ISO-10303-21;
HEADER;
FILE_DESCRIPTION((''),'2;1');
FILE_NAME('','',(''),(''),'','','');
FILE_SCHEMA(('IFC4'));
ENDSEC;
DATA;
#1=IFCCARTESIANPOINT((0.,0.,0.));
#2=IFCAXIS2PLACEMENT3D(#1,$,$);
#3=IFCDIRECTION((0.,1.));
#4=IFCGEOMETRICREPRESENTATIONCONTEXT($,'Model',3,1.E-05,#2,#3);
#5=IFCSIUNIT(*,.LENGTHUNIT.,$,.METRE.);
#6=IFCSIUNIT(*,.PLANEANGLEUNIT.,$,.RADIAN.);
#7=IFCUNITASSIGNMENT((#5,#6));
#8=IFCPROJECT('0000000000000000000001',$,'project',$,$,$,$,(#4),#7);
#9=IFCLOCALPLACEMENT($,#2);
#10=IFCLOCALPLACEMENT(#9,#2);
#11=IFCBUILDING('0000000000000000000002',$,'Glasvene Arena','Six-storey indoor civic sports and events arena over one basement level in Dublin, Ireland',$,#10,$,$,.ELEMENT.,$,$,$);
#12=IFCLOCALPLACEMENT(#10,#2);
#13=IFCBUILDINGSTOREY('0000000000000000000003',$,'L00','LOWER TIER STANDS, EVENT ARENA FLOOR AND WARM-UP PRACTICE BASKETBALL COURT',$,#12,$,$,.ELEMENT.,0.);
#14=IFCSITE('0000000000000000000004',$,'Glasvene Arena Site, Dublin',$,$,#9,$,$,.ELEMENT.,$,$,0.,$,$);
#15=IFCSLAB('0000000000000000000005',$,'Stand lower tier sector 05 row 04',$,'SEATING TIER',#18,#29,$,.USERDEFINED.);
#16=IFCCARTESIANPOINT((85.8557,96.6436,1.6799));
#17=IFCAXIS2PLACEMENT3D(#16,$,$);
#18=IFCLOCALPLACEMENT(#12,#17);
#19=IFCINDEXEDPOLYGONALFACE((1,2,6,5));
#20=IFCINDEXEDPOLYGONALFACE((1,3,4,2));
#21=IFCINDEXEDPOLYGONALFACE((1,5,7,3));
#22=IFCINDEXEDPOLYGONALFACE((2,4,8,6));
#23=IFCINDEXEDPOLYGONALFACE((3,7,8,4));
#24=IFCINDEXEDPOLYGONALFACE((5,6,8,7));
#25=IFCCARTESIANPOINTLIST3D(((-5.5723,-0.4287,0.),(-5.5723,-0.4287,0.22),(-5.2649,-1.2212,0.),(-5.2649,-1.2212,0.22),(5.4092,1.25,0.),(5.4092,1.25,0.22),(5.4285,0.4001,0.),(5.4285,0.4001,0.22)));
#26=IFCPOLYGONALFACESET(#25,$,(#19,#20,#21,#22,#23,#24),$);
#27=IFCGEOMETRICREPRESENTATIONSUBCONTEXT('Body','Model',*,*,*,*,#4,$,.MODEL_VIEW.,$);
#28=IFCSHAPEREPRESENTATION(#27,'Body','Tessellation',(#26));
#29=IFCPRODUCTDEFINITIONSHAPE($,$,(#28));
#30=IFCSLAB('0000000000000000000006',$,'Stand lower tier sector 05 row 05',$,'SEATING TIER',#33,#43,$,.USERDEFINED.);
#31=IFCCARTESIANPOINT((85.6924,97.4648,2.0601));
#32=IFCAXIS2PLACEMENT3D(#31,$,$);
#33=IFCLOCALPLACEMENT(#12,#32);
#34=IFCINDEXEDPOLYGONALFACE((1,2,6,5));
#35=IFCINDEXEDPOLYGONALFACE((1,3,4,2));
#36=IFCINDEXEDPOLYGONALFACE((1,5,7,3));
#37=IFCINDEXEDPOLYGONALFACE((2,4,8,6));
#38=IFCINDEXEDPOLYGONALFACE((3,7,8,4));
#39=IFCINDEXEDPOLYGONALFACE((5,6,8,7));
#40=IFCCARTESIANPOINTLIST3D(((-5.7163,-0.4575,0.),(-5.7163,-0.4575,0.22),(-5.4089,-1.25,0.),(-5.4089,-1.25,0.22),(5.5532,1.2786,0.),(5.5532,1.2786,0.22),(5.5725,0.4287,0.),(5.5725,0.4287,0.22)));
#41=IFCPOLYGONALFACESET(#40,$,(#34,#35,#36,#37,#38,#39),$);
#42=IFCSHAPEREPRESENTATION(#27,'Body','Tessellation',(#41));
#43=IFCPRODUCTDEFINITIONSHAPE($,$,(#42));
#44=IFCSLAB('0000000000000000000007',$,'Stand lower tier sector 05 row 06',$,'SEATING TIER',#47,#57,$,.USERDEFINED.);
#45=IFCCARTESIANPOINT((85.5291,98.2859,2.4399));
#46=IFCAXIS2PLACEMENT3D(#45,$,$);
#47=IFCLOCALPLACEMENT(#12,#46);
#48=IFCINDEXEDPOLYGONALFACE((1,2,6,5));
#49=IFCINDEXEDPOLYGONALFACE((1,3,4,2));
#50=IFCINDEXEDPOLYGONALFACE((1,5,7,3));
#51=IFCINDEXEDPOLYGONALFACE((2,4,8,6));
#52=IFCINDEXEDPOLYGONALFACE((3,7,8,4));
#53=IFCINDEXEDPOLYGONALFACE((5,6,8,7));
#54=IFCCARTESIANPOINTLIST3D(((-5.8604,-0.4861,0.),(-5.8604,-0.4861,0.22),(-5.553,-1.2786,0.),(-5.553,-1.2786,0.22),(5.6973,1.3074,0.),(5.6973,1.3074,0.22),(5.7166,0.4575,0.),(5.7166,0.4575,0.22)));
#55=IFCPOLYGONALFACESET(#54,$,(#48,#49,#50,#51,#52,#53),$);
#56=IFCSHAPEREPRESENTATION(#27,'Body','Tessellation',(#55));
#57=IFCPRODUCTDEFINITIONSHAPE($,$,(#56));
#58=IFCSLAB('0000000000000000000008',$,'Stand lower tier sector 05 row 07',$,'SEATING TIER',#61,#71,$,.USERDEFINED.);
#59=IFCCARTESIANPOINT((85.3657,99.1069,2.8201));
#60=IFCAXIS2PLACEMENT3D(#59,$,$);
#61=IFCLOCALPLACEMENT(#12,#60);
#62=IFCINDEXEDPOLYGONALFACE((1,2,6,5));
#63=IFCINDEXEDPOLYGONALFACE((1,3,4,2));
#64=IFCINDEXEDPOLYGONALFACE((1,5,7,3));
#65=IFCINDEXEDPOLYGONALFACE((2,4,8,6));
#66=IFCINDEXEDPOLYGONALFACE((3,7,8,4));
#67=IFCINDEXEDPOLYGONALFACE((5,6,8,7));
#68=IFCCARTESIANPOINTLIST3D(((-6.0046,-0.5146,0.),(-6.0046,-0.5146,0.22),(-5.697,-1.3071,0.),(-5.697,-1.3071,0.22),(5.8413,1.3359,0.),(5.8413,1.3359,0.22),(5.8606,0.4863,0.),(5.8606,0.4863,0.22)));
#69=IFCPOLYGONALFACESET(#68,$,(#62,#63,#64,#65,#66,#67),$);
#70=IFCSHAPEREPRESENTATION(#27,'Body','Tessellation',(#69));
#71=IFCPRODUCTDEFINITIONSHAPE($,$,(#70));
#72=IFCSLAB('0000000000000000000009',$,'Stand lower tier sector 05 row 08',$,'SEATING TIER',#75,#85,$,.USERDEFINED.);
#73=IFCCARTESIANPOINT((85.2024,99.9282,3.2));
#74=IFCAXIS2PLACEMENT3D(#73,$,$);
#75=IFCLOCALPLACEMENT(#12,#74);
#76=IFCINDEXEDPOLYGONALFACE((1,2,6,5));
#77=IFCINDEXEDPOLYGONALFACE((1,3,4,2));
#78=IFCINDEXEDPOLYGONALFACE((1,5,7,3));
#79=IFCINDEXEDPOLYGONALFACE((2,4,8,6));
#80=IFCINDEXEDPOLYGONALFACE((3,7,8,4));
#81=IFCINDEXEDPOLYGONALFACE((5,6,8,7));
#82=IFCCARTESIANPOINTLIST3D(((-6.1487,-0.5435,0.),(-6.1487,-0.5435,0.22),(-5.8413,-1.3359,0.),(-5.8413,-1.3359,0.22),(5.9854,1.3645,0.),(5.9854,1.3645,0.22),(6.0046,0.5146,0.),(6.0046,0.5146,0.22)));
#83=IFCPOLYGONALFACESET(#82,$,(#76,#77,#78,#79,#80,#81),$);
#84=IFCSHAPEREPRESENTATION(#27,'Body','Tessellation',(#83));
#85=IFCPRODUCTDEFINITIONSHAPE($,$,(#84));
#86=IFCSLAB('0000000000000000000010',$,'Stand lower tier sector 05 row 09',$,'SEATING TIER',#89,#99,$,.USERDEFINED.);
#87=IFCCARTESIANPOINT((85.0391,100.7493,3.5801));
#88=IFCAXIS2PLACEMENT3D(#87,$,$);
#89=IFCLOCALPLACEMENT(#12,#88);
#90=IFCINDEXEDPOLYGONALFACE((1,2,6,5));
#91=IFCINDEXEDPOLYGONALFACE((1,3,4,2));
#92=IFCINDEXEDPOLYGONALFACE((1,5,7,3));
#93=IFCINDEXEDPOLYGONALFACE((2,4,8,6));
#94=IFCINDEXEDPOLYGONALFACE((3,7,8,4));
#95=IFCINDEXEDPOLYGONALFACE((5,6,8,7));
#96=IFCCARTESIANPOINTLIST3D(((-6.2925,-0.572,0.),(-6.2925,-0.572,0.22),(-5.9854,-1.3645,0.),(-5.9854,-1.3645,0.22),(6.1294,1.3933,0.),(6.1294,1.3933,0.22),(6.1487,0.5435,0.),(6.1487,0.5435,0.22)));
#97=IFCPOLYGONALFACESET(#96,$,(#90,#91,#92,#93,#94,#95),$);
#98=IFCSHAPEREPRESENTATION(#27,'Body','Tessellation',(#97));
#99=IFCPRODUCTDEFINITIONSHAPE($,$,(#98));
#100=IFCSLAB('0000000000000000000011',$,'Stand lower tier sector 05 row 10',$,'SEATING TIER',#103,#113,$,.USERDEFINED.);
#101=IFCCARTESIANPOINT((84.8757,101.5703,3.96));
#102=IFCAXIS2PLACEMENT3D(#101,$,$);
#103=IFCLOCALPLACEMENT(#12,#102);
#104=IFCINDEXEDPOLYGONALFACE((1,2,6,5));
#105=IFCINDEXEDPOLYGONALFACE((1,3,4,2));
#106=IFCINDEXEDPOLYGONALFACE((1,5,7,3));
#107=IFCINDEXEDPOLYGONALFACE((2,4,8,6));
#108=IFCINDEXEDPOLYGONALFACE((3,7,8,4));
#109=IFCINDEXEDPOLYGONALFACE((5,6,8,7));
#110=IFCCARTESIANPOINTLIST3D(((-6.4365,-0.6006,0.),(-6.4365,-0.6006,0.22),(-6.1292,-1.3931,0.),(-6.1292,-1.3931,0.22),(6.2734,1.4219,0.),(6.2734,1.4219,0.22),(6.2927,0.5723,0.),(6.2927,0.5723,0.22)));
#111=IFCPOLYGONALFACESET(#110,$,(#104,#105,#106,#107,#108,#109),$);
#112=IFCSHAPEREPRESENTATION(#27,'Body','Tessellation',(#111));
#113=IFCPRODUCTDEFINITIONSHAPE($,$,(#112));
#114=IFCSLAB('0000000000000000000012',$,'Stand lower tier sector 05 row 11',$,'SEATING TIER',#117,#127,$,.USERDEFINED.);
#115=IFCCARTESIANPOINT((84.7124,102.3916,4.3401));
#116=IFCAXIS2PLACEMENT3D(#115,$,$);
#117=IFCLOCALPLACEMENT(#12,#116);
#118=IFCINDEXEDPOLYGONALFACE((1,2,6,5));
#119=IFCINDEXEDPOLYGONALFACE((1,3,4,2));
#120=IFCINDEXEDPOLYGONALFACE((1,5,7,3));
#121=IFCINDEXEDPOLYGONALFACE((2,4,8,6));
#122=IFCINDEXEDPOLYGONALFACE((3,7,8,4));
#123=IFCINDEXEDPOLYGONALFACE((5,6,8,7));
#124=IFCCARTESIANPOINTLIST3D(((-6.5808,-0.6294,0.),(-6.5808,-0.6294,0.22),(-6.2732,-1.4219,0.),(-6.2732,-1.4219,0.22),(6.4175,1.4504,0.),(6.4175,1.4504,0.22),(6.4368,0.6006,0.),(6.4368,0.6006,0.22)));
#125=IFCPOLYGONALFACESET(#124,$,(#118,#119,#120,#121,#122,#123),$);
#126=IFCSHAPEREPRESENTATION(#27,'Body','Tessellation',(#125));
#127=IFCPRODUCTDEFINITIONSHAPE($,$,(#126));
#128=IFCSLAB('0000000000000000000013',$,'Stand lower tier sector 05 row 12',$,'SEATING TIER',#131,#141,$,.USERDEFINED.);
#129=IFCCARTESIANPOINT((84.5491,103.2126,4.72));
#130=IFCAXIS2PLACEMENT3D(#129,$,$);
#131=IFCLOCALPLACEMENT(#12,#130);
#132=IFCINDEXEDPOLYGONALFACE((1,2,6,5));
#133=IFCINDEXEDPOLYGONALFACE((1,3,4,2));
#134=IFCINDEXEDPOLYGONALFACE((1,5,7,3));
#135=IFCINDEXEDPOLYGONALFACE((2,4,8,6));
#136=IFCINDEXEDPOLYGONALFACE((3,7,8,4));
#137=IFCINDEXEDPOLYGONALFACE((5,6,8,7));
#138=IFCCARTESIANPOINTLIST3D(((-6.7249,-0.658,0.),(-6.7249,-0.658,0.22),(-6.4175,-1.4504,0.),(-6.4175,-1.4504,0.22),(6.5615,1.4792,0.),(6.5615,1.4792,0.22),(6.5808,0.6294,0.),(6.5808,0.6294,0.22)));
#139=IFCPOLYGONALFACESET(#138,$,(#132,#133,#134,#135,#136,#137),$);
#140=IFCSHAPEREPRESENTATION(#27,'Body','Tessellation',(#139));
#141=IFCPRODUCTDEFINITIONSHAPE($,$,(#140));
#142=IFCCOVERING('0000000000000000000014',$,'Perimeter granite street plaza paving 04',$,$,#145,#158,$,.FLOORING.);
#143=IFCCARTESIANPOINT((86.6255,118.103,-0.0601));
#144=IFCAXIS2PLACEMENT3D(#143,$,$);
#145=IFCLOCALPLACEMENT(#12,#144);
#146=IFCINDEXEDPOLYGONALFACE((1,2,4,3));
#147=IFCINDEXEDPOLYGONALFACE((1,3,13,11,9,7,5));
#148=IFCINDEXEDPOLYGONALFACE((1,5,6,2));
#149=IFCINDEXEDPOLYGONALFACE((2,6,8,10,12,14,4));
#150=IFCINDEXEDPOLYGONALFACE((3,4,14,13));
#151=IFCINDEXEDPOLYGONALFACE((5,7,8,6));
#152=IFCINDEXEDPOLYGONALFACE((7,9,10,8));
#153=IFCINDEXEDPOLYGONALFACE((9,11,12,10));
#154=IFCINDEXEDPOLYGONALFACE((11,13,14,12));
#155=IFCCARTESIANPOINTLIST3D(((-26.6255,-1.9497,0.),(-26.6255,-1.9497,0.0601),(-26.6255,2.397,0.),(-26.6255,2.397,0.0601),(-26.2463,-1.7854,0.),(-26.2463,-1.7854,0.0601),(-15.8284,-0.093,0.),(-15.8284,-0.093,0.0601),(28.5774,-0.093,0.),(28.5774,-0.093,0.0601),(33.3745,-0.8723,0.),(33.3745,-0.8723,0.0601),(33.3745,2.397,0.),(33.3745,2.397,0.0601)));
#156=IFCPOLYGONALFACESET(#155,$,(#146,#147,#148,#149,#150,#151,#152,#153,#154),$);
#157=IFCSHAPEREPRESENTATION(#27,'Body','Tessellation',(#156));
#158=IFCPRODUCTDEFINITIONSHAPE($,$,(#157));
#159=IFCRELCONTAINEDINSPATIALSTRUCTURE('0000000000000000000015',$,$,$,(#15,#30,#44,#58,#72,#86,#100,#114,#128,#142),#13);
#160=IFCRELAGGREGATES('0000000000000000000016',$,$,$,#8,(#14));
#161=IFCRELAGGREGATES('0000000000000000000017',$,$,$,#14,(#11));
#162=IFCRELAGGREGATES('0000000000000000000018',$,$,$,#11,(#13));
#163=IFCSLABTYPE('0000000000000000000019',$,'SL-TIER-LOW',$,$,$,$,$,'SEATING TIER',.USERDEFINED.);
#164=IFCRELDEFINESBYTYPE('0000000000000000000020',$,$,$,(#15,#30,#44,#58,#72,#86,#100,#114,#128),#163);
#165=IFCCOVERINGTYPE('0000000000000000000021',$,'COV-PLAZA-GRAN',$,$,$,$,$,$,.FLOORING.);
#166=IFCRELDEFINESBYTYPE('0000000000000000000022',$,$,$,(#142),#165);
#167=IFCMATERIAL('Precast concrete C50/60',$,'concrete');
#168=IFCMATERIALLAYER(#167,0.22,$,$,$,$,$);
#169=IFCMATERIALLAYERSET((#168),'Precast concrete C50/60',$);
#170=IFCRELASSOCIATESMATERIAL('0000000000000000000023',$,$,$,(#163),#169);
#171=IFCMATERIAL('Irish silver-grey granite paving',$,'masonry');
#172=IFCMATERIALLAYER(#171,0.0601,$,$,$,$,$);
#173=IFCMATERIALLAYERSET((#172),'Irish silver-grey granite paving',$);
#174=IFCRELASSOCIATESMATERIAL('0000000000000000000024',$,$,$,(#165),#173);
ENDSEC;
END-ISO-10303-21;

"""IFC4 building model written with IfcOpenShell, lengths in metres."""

from ifc_helpers import new_model, si_unit, direction, frame, origin, place, context, subcontext, project, spatial, polyline, outline, extrude, material, layer, layer_set, type_object, element, save


model = new_model("IFC4")

# Units and contexts
model_context = context("Model", 3, precision=1e-05, world=origin(), true_north=direction((0.0, 1.0)))
body_context = subcontext(model_context, "Body", "Model", "MODEL_VIEW")
ifc_project = project(units=[si_unit("LENGTHUNIT", "METRE"), si_unit("PLANEANGLEUNIT", "RADIAN")], contexts=[model_context])

# Site, building, storey
site_placement = place(None, origin())
site = spatial("IfcSite", under=ifc_project, at=site_placement, Name="Glasvene Arena Site, Dublin", CompositionType="ELEMENT", RefElevation=0.0)
building_placement = place(site_placement, origin())
building = spatial("IfcBuilding", under=site, at=building_placement, Name="Glasvene Arena", Description="Six-storey indoor civic sports and events arena over one basement level in Dublin, Ireland", CompositionType="ELEMENT")
storey_placement = place(building_placement, origin())
storey = spatial("IfcBuildingStorey", under=building, at=storey_placement, Name="L00", Description="LOWER TIER STANDS, EVENT ARENA FLOOR AND WARM-UP PRACTICE BASKETBALL COURT", CompositionType="ELEMENT", Elevation=0.0)

# Shared definitions
ifc_material_1 = material(Name="Precast concrete C50/60", Category="concrete")

# Slabs
ifc_layer_1 = layer(ifc_material_1, 0.22)
ifc_layer_set_1 = layer_set([ifc_layer_1], Name="Precast concrete C50/60")
slab_type = type_object("IfcSlabType", Name="SL-TIER-LOW", ElementType="SEATING TIER", PredefinedType="USERDEFINED", material=ifc_layer_set_1)
slab_1_placement = place(storey_placement, frame((85.8557, 96.6436, 1.6799)))
element("IfcSlab", 1, at=slab_1_placement, inside=storey, type_object=slab_type, Name="Stand lower tier sector 05 row 04", ObjectType="SEATING TIER", PredefinedType="USERDEFINED", context=body_context, shape_type="SweptSolid", body=[
    extrude(outline(polyline([(5.4285, 0.4001), (-5.2649, -1.2212), (-5.5723, -0.4287), (5.4092, 1.25), (5.4285, 0.4001)])), origin(), (0.0, 0.0, 1.0), 0.22),
])
slab_2_placement = place(storey_placement, frame((85.6924, 97.4648, 2.0601)))
element("IfcSlab", 2, at=slab_2_placement, inside=storey, type_object=slab_type, Name="Stand lower tier sector 05 row 05", ObjectType="SEATING TIER", PredefinedType="USERDEFINED", context=body_context, shape_type="SweptSolid", body=[
    extrude(outline(polyline([(5.5725, 0.4287), (-5.4089, -1.25), (-5.7163, -0.4575), (5.5532, 1.2786), (5.5725, 0.4287)])), origin(), (0.0, 0.0, 1.0), 0.22),
])
slab_3_placement = place(storey_placement, frame((85.5291, 98.2859, 2.4399)))
element("IfcSlab", 3, at=slab_3_placement, inside=storey, type_object=slab_type, Name="Stand lower tier sector 05 row 06", ObjectType="SEATING TIER", PredefinedType="USERDEFINED", context=body_context, shape_type="SweptSolid", body=[
    extrude(outline(polyline([(5.7166, 0.4575), (-5.553, -1.2786), (-5.8604, -0.4861), (5.6973, 1.3074), (5.7166, 0.4575)])), origin(), (0.0, 0.0, 1.0), 0.22),
])
slab_4_placement = place(storey_placement, frame((85.3657, 99.1069, 2.8201)))
element("IfcSlab", 4, at=slab_4_placement, inside=storey, type_object=slab_type, Name="Stand lower tier sector 05 row 07", ObjectType="SEATING TIER", PredefinedType="USERDEFINED", context=body_context, shape_type="SweptSolid", body=[
    extrude(outline(polyline([(5.8606, 0.4863), (-5.697, -1.3071), (-6.0046, -0.5146), (5.8413, 1.3359), (5.8606, 0.4863)])), origin(), (0.0, 0.0, 1.0), 0.22),
])
slab_5_placement = place(storey_placement, frame((85.2024, 99.9282, 3.2)))
element("IfcSlab", 5, at=slab_5_placement, inside=storey, type_object=slab_type, Name="Stand lower tier sector 05 row 08", ObjectType="SEATING TIER", PredefinedType="USERDEFINED", context=body_context, shape_type="SweptSolid", body=[
    extrude(outline(polyline([(6.0046, 0.5146), (-5.8413, -1.3359), (-6.1487, -0.5435), (5.9854, 1.3645), (6.0046, 0.5146)])), origin(), (0.0, 0.0, 1.0), 0.22),
])
slab_6_placement = place(storey_placement, frame((85.0391, 100.7493, 3.5801)))
element("IfcSlab", 6, at=slab_6_placement, inside=storey, type_object=slab_type, Name="Stand lower tier sector 05 row 09", ObjectType="SEATING TIER", PredefinedType="USERDEFINED", context=body_context, shape_type="SweptSolid", body=[
    extrude(outline(polyline([(6.1487, 0.5435), (-5.9854, -1.3645), (-6.2925, -0.572), (6.1294, 1.3933), (6.1487, 0.5435)])), origin(), (0.0, 0.0, 1.0), 0.22),
])
slab_7_placement = place(storey_placement, frame((84.8757, 101.5703, 3.96)))
element("IfcSlab", 7, at=slab_7_placement, inside=storey, type_object=slab_type, Name="Stand lower tier sector 05 row 10", ObjectType="SEATING TIER", PredefinedType="USERDEFINED", context=body_context, shape_type="SweptSolid", body=[
    extrude(outline(polyline([(6.2927, 0.5723), (-6.1292, -1.3931), (-6.4365, -0.6006), (6.2734, 1.4219), (6.2927, 0.5723)])), origin(), (0.0, 0.0, 1.0), 0.22),
])
slab_8_placement = place(storey_placement, frame((84.7124, 102.3916, 4.3401)))
element("IfcSlab", 8, at=slab_8_placement, inside=storey, type_object=slab_type, Name="Stand lower tier sector 05 row 11", ObjectType="SEATING TIER", PredefinedType="USERDEFINED", context=body_context, shape_type="SweptSolid", body=[
    extrude(outline(polyline([(6.4368, 0.6006), (-6.2732, -1.4219), (-6.5808, -0.6294), (6.4175, 1.4504), (6.4368, 0.6006)])), origin(), (0.0, 0.0, 1.0), 0.22),
])
slab_9_placement = place(storey_placement, frame((84.5491, 103.2126, 4.72)))
element("IfcSlab", 9, at=slab_9_placement, inside=storey, type_object=slab_type, Name="Stand lower tier sector 05 row 12", ObjectType="SEATING TIER", PredefinedType="USERDEFINED", context=body_context, shape_type="SweptSolid", body=[
    extrude(outline(polyline([(6.5808, 0.6294), (-6.4175, -1.4504), (-6.7249, -0.658), (6.5615, 1.4792), (6.5808, 0.6294)])), origin(), (0.0, 0.0, 1.0), 0.22),
])

# Covering
ifc_material_2 = material(Name="Irish silver-grey granite paving", Category="masonry")
ifc_layer_2 = layer(ifc_material_2, 0.0601)
ifc_layer_set_2 = layer_set([ifc_layer_2], Name="Irish silver-grey granite paving")
covering_type_1 = type_object("IfcCoveringType", Name="COV-PLAZA-GRAN", PredefinedType="FLOORING", material=ifc_layer_set_2)
covering_1_placement = place(storey_placement, frame((86.6255, 118.103, -0.0601)))
element("IfcCovering", 10, at=covering_1_placement, inside=storey, type_object=covering_type_1, Name="Perimeter granite street plaza paving 04", PredefinedType="FLOORING", context=body_context, shape_type="SweptSolid", body=[
    extrude(outline(polyline([(33.3745, 2.397), (33.3745, -0.8723), (28.5774, -0.093), (-15.8284, -0.093), (-26.2463, -1.7854), (-26.6255, -1.9497), (-26.6255, 2.397), (33.3745, 2.397)])), origin(), (0.0, 0.0, 1.0), 0.0601),
])

save(model, "model.ifc")
